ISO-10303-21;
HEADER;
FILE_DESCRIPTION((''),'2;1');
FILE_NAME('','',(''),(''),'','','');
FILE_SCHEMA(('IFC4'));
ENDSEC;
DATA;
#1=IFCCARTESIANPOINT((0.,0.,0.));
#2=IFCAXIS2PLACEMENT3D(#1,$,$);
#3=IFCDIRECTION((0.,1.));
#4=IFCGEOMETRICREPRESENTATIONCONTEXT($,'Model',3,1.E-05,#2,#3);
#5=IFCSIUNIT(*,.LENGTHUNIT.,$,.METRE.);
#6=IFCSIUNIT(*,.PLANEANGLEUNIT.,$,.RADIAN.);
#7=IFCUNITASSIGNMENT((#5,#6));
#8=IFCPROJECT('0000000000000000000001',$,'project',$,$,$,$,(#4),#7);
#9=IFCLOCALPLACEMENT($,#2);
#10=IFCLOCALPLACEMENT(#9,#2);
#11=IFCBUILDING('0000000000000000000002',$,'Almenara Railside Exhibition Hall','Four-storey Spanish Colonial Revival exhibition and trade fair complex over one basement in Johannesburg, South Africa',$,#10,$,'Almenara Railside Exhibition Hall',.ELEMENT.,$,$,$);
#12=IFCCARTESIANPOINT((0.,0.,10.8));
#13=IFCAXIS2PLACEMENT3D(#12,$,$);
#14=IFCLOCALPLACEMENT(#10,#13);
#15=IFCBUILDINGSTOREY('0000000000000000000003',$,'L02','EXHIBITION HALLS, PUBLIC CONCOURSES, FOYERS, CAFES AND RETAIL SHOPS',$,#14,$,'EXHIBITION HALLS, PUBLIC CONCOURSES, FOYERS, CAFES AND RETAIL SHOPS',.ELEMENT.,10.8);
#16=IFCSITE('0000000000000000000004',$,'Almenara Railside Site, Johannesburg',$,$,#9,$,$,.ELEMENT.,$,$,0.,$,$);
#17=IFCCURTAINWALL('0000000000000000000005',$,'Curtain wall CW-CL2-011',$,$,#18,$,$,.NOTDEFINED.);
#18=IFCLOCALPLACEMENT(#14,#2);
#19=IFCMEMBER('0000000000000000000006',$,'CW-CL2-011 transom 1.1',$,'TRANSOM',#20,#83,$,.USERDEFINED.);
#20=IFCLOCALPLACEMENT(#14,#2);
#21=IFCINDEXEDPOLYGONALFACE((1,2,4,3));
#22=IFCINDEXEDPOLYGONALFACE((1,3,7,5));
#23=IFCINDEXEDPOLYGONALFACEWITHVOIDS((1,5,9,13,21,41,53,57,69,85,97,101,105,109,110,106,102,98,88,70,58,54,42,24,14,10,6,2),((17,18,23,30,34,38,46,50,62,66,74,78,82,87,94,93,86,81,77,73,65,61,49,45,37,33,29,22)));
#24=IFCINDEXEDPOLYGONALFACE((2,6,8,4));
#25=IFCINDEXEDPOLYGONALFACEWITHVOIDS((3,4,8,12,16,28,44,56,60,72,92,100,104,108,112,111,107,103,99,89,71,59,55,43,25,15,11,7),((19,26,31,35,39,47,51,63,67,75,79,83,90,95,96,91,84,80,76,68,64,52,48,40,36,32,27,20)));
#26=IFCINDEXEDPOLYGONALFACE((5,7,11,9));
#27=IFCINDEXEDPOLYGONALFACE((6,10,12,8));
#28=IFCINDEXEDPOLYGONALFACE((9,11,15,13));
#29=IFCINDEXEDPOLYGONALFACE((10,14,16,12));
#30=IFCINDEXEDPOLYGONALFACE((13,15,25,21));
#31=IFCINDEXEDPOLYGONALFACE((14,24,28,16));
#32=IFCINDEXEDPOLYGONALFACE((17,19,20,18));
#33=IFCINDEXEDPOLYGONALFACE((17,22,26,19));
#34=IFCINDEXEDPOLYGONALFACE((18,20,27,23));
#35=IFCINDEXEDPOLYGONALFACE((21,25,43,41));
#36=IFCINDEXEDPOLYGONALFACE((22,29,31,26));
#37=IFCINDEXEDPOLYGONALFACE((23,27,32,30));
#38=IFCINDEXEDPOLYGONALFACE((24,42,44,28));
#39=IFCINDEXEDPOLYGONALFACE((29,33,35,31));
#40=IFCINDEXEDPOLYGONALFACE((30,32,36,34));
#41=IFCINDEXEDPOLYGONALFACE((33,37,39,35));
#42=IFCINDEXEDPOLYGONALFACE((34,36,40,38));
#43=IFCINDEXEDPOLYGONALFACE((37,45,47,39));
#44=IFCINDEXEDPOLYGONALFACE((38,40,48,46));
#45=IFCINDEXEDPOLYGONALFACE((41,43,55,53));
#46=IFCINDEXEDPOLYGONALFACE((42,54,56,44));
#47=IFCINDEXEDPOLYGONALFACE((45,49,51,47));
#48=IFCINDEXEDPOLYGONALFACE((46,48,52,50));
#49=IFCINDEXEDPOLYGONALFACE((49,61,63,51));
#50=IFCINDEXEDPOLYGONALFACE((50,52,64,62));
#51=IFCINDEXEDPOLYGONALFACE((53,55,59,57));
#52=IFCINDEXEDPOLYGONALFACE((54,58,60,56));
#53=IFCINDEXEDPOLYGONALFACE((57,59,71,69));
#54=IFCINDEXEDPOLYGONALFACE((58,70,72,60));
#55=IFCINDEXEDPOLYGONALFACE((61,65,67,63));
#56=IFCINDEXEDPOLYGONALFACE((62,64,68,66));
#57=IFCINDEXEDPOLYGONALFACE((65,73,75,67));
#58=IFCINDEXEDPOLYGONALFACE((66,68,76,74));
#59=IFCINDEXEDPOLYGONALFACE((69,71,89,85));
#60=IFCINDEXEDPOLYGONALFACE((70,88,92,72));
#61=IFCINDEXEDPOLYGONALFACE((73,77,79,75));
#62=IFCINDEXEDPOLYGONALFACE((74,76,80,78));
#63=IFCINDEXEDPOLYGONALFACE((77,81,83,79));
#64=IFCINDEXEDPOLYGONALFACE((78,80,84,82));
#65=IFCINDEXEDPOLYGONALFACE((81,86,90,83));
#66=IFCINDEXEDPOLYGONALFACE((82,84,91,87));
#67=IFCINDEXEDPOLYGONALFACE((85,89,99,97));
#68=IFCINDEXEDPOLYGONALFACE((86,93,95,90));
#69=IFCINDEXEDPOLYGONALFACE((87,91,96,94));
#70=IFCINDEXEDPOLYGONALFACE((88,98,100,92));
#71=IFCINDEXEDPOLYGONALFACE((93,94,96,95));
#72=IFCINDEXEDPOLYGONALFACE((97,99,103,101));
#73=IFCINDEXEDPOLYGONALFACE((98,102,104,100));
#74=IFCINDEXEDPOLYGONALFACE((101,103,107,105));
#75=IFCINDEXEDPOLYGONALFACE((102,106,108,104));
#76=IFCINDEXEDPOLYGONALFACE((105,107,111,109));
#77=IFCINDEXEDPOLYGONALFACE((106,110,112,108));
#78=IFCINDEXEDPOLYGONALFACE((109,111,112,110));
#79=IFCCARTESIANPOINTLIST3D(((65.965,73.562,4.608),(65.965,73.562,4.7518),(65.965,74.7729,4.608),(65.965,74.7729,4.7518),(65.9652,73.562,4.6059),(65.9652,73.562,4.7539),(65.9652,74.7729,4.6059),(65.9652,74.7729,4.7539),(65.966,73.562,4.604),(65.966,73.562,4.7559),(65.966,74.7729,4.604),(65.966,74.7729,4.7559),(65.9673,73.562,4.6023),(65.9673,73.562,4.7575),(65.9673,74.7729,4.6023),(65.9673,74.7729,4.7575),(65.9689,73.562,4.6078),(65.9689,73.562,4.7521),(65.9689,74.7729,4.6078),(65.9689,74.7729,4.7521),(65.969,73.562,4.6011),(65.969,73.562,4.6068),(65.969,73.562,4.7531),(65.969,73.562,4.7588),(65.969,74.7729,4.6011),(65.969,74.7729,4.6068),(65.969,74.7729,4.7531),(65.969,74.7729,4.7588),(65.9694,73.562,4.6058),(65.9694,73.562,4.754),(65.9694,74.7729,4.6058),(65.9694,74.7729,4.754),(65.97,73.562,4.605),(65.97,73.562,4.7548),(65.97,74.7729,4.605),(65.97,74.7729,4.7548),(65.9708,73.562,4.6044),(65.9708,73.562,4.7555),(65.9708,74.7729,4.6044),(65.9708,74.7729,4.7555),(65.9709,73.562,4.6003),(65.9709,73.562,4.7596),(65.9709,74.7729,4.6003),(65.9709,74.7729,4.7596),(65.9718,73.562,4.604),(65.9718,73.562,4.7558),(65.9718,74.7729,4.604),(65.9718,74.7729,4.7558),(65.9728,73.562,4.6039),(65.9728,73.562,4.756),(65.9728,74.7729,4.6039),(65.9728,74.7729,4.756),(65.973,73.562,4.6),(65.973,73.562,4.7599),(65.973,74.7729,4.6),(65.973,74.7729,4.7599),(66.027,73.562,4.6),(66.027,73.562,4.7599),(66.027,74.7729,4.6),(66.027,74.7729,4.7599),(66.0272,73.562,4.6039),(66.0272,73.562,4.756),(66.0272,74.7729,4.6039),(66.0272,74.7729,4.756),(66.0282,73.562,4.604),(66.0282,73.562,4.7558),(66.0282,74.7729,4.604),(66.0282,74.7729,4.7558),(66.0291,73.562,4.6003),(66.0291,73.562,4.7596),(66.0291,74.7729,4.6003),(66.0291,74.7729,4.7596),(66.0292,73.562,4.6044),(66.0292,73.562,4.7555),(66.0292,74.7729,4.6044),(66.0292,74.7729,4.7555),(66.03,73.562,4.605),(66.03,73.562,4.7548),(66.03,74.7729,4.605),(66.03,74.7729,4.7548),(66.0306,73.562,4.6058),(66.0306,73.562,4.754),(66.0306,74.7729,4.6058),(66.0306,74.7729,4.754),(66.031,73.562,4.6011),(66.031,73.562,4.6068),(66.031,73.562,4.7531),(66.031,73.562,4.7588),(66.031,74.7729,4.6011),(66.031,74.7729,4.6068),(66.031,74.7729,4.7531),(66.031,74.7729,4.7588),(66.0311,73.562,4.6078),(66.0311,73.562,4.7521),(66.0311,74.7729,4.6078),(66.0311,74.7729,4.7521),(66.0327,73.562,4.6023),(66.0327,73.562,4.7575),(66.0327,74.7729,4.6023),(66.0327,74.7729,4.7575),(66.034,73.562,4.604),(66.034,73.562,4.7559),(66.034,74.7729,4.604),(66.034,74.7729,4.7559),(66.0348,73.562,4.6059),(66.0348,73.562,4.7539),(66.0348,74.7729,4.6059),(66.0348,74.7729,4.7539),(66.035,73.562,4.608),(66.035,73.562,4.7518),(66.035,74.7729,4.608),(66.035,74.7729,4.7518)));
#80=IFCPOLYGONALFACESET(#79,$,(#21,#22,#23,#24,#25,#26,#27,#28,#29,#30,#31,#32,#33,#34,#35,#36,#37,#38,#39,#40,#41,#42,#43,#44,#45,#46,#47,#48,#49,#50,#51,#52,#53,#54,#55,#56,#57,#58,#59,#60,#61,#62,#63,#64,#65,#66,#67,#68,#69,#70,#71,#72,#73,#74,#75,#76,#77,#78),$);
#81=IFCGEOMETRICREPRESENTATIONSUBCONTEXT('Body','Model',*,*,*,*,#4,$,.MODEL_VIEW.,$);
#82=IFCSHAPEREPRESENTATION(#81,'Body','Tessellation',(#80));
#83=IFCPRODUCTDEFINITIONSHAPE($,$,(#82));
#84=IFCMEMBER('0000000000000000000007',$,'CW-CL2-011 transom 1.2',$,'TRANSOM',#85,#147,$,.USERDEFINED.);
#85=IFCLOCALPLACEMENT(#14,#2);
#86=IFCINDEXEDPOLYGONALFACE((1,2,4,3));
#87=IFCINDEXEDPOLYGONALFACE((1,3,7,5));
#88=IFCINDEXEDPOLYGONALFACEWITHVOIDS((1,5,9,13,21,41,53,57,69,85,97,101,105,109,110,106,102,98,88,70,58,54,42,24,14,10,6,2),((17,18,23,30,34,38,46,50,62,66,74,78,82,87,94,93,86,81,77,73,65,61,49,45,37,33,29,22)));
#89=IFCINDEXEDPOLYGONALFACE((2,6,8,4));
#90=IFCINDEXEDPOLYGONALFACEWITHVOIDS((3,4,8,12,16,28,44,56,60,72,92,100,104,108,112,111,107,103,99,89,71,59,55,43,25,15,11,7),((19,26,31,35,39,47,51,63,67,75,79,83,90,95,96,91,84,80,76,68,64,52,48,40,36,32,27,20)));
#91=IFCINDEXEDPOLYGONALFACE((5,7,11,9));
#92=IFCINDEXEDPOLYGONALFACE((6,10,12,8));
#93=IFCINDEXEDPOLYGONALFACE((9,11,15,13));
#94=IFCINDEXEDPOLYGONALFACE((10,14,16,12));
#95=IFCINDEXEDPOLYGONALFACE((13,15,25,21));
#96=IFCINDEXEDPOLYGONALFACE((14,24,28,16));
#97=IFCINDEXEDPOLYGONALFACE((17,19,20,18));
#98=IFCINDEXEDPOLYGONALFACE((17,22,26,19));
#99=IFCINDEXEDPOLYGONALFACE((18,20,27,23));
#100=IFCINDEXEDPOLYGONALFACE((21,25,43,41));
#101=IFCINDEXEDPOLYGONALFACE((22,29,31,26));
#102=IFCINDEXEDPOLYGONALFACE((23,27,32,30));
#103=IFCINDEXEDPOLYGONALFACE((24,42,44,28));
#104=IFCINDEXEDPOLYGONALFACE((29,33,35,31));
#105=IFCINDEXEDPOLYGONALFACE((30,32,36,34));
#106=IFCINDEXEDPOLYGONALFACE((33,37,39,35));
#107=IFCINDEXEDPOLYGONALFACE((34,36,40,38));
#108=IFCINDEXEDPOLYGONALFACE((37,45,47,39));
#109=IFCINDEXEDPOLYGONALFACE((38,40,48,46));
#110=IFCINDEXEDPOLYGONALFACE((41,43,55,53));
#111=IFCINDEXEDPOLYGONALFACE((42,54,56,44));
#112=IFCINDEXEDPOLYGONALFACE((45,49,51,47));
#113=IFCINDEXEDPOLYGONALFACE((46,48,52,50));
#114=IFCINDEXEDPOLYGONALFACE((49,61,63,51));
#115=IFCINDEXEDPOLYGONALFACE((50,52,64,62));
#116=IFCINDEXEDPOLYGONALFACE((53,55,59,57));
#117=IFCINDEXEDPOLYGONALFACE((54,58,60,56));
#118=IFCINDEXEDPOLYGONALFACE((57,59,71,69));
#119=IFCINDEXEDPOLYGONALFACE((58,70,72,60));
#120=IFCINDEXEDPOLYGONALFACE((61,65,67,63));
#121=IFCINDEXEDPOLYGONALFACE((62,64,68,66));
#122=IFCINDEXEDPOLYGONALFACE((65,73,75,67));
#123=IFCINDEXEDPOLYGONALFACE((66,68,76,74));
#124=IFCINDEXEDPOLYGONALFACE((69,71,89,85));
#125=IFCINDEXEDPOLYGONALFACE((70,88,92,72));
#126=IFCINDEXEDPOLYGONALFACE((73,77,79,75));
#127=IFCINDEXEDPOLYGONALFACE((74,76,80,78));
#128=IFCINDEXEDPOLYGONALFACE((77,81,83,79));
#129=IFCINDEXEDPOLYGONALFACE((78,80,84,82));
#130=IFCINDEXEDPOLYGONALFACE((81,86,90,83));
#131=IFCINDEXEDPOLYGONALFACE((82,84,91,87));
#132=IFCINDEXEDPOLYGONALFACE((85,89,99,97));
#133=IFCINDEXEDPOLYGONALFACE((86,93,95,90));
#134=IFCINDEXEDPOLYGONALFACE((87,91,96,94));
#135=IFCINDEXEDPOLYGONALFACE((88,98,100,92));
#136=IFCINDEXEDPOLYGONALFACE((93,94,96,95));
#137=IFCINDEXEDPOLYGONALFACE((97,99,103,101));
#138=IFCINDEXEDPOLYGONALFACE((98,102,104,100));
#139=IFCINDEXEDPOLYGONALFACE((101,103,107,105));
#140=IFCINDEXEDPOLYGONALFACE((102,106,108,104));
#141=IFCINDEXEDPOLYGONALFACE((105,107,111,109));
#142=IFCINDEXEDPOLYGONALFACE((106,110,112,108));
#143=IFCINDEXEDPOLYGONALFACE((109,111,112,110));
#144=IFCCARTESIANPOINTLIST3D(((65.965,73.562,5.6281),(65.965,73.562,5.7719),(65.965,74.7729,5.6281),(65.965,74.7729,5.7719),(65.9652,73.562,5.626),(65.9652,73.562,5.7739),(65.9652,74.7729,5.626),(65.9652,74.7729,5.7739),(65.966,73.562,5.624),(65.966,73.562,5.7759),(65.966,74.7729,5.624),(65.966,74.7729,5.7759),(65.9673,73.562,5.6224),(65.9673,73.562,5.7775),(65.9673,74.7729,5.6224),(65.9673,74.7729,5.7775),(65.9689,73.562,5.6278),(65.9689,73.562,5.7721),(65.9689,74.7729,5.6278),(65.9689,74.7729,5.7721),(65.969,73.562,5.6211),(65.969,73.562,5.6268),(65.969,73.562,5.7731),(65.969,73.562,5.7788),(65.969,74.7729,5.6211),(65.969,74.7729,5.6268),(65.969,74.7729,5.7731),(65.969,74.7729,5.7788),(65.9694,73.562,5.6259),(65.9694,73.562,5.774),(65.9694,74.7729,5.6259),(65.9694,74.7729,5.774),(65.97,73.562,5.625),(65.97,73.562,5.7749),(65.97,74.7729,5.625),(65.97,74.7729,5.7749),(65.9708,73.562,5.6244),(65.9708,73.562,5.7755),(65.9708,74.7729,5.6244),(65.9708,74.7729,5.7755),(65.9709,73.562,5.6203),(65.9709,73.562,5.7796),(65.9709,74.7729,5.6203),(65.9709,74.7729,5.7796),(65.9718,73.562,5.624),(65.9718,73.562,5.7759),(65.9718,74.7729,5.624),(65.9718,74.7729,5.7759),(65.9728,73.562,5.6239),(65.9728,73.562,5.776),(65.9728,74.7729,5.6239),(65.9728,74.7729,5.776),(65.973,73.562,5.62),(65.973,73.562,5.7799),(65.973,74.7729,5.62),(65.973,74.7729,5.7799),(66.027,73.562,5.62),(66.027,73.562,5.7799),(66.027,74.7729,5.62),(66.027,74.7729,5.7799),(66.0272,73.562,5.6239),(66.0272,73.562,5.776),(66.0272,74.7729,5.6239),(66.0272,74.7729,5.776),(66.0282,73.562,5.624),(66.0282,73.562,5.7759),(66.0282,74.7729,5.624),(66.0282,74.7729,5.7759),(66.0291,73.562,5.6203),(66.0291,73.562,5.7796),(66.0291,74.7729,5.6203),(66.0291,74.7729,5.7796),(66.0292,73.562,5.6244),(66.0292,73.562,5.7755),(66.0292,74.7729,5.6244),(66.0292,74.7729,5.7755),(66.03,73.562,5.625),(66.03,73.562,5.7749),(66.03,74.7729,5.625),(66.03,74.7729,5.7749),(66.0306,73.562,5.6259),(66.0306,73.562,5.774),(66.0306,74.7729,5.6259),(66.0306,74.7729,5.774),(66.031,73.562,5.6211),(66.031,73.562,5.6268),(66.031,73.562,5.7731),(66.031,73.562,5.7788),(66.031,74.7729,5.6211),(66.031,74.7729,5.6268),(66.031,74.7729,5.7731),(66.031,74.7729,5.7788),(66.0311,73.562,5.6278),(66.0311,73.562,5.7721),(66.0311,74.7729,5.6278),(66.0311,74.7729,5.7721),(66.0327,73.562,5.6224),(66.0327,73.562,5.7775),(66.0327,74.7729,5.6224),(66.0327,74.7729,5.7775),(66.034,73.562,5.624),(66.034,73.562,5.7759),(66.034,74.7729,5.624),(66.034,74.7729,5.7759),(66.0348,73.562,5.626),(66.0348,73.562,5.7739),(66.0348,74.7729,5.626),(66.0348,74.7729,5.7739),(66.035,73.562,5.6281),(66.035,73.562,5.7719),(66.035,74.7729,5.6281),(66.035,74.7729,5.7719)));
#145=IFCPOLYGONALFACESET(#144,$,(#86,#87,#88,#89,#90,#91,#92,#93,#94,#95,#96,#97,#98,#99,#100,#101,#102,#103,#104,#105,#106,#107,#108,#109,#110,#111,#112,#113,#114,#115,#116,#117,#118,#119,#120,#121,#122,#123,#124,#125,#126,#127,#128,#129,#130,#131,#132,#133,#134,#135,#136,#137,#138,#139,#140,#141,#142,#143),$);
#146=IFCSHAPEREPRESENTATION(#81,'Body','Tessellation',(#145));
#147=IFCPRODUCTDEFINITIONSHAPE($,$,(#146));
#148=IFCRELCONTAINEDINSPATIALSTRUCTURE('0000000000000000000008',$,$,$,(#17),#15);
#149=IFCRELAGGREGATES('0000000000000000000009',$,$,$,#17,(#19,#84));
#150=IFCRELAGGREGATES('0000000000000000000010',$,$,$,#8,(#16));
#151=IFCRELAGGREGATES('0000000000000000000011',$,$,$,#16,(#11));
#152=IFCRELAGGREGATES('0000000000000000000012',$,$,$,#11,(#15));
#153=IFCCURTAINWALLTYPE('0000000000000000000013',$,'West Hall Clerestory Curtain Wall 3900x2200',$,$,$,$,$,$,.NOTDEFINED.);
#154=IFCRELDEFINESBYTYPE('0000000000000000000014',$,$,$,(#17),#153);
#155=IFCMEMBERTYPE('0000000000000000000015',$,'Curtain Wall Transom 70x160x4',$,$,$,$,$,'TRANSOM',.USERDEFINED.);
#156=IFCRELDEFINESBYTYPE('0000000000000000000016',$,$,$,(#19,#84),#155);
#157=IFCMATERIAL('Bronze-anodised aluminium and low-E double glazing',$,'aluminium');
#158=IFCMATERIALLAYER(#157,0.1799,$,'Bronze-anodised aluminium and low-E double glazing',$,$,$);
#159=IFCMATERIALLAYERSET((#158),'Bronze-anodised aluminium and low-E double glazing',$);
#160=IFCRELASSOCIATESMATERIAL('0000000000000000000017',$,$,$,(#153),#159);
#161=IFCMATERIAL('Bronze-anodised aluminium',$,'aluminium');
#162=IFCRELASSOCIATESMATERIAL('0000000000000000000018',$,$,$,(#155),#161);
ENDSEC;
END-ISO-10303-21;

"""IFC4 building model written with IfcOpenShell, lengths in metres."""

from ifc_helpers import new_model, si_unit, direction, frame, origin, origin_2d, place, context, subcontext, project, spatial, hollow_rectangle, extrude, material, layer, layer_set, material_profile, profile_set, type_object, element, aggregate, save


model = new_model("IFC4")

# Units and contexts
model_context = context("Model", 3, precision=1e-05, world=origin(), true_north=direction((0.0, 1.0)))
body_context = subcontext(model_context, "Body", "Model", "MODEL_VIEW")
ifc_project = project(units=[si_unit("LENGTHUNIT", "METRE"), si_unit("PLANEANGLEUNIT", "RADIAN")], contexts=[model_context])

# Site, building, storey
site_placement = place(None, origin())
site = spatial("IfcSite", under=ifc_project, at=site_placement, Name="Almenara Railside Site, Johannesburg", CompositionType="ELEMENT", RefElevation=0.0)
building_placement = place(site_placement, origin())
building = spatial("IfcBuilding", under=site, at=building_placement, Name="Almenara Railside Exhibition Hall", Description="Four-storey Spanish Colonial Revival exhibition and trade fair complex over one basement in Johannesburg, South Africa", LongName="Almenara Railside Exhibition Hall", CompositionType="ELEMENT")
storey_placement = place(building_placement, frame((0.0, 0.0, 10.8)))
storey = spatial("IfcBuildingStorey", under=building, at=storey_placement, Name="L02", Description="EXHIBITION HALLS, PUBLIC CONCOURSES, FOYERS, CAFES AND RETAIL SHOPS", LongName="EXHIBITION HALLS, PUBLIC CONCOURSES, FOYERS, CAFES AND RETAIL SHOPS", CompositionType="ELEMENT", Elevation=10.8)

# Curtain wall
ifc_material_1 = material(Name="Bronze-anodised aluminium and low-E double glazing", Category="aluminium")
ifc_material_2 = material(Name="Bronze-anodised aluminium", Category="aluminium")
ifc_layer_1 = layer(ifc_material_1, 0.1799, Name="Bronze-anodised aluminium and low-E double glazing")
ifc_layer_set_1 = layer_set([ifc_layer_1], Name="Bronze-anodised aluminium and low-E double glazing")
curtain_wall_type_1 = type_object("IfcCurtainWallType", Name="West Hall Clerestory Curtain Wall 3900x2200", PredefinedType="NOTDEFINED", material=ifc_layer_set_1)
curtain_wall_1_placement = place(storey_placement, origin())
curtain_wall_1 = element("IfcCurtainWall", 1, at=curtain_wall_1_placement, inside=storey, type_object=curtain_wall_type_1, Name="Curtain wall CW-CL2-011", PredefinedType="NOTDEFINED")

# Members
ifc_material_profile_1 = material_profile(ifc_material_2, hollow_rectangle(XDim=0.0701, YDim=0.1599, WallThickness=0.0039, InnerFilletRadius=0.0039, OuterFilletRadius=0.0081, at=origin_2d()), Name="ALU-TRN 70x160x4")
ifc_profile_set_1 = profile_set([ifc_material_profile_1], Name="Bronze-anodised aluminium")
member_type_1 = type_object("IfcMemberType", Name="Curtain Wall Transom 70x160x4", ElementType="TRANSOM", PredefinedType="USERDEFINED", material=ifc_profile_set_1)
member_1_placement = place(storey_placement, frame((66.0, 73.562, 4.6799), z_axis=(0.0, 1.0, 0.0), x_axis=(-1.0, 0.0, 0.0)))
member_1 = element("IfcMember", 2, at=member_1_placement, type_object=member_type_1, Name="CW-CL2-011 transom 1.1", ObjectType="TRANSOM", PredefinedType="USERDEFINED", context=body_context, shape_type="SweptSolid", body=[
    extrude(hollow_rectangle(XDim=0.0701, YDim=0.1599, WallThickness=0.0039, InnerFilletRadius=0.0039, OuterFilletRadius=0.0081, at=origin_2d()), origin(), (0.0, 0.0, 1.0), 1.2109),
])
member_2_placement = place(storey_placement, frame((66.0, 73.562, 5.7), z_axis=(0.0, 1.0, 0.0), x_axis=(-1.0, 0.0, 0.0)))
member_2 = element("IfcMember", 3, at=member_2_placement, type_object=member_type_1, Name="CW-CL2-011 transom 1.2", ObjectType="TRANSOM", PredefinedType="USERDEFINED", context=body_context, shape_type="SweptSolid", body=[
    extrude(hollow_rectangle(XDim=0.0701, YDim=0.1599, WallThickness=0.0039, InnerFilletRadius=0.0039, OuterFilletRadius=0.0081, at=origin_2d()), origin(), (0.0, 0.0, 1.0), 1.2109),
])

aggregate(curtain_wall_1, [member_1, member_2])

save(model, "model.ifc")
